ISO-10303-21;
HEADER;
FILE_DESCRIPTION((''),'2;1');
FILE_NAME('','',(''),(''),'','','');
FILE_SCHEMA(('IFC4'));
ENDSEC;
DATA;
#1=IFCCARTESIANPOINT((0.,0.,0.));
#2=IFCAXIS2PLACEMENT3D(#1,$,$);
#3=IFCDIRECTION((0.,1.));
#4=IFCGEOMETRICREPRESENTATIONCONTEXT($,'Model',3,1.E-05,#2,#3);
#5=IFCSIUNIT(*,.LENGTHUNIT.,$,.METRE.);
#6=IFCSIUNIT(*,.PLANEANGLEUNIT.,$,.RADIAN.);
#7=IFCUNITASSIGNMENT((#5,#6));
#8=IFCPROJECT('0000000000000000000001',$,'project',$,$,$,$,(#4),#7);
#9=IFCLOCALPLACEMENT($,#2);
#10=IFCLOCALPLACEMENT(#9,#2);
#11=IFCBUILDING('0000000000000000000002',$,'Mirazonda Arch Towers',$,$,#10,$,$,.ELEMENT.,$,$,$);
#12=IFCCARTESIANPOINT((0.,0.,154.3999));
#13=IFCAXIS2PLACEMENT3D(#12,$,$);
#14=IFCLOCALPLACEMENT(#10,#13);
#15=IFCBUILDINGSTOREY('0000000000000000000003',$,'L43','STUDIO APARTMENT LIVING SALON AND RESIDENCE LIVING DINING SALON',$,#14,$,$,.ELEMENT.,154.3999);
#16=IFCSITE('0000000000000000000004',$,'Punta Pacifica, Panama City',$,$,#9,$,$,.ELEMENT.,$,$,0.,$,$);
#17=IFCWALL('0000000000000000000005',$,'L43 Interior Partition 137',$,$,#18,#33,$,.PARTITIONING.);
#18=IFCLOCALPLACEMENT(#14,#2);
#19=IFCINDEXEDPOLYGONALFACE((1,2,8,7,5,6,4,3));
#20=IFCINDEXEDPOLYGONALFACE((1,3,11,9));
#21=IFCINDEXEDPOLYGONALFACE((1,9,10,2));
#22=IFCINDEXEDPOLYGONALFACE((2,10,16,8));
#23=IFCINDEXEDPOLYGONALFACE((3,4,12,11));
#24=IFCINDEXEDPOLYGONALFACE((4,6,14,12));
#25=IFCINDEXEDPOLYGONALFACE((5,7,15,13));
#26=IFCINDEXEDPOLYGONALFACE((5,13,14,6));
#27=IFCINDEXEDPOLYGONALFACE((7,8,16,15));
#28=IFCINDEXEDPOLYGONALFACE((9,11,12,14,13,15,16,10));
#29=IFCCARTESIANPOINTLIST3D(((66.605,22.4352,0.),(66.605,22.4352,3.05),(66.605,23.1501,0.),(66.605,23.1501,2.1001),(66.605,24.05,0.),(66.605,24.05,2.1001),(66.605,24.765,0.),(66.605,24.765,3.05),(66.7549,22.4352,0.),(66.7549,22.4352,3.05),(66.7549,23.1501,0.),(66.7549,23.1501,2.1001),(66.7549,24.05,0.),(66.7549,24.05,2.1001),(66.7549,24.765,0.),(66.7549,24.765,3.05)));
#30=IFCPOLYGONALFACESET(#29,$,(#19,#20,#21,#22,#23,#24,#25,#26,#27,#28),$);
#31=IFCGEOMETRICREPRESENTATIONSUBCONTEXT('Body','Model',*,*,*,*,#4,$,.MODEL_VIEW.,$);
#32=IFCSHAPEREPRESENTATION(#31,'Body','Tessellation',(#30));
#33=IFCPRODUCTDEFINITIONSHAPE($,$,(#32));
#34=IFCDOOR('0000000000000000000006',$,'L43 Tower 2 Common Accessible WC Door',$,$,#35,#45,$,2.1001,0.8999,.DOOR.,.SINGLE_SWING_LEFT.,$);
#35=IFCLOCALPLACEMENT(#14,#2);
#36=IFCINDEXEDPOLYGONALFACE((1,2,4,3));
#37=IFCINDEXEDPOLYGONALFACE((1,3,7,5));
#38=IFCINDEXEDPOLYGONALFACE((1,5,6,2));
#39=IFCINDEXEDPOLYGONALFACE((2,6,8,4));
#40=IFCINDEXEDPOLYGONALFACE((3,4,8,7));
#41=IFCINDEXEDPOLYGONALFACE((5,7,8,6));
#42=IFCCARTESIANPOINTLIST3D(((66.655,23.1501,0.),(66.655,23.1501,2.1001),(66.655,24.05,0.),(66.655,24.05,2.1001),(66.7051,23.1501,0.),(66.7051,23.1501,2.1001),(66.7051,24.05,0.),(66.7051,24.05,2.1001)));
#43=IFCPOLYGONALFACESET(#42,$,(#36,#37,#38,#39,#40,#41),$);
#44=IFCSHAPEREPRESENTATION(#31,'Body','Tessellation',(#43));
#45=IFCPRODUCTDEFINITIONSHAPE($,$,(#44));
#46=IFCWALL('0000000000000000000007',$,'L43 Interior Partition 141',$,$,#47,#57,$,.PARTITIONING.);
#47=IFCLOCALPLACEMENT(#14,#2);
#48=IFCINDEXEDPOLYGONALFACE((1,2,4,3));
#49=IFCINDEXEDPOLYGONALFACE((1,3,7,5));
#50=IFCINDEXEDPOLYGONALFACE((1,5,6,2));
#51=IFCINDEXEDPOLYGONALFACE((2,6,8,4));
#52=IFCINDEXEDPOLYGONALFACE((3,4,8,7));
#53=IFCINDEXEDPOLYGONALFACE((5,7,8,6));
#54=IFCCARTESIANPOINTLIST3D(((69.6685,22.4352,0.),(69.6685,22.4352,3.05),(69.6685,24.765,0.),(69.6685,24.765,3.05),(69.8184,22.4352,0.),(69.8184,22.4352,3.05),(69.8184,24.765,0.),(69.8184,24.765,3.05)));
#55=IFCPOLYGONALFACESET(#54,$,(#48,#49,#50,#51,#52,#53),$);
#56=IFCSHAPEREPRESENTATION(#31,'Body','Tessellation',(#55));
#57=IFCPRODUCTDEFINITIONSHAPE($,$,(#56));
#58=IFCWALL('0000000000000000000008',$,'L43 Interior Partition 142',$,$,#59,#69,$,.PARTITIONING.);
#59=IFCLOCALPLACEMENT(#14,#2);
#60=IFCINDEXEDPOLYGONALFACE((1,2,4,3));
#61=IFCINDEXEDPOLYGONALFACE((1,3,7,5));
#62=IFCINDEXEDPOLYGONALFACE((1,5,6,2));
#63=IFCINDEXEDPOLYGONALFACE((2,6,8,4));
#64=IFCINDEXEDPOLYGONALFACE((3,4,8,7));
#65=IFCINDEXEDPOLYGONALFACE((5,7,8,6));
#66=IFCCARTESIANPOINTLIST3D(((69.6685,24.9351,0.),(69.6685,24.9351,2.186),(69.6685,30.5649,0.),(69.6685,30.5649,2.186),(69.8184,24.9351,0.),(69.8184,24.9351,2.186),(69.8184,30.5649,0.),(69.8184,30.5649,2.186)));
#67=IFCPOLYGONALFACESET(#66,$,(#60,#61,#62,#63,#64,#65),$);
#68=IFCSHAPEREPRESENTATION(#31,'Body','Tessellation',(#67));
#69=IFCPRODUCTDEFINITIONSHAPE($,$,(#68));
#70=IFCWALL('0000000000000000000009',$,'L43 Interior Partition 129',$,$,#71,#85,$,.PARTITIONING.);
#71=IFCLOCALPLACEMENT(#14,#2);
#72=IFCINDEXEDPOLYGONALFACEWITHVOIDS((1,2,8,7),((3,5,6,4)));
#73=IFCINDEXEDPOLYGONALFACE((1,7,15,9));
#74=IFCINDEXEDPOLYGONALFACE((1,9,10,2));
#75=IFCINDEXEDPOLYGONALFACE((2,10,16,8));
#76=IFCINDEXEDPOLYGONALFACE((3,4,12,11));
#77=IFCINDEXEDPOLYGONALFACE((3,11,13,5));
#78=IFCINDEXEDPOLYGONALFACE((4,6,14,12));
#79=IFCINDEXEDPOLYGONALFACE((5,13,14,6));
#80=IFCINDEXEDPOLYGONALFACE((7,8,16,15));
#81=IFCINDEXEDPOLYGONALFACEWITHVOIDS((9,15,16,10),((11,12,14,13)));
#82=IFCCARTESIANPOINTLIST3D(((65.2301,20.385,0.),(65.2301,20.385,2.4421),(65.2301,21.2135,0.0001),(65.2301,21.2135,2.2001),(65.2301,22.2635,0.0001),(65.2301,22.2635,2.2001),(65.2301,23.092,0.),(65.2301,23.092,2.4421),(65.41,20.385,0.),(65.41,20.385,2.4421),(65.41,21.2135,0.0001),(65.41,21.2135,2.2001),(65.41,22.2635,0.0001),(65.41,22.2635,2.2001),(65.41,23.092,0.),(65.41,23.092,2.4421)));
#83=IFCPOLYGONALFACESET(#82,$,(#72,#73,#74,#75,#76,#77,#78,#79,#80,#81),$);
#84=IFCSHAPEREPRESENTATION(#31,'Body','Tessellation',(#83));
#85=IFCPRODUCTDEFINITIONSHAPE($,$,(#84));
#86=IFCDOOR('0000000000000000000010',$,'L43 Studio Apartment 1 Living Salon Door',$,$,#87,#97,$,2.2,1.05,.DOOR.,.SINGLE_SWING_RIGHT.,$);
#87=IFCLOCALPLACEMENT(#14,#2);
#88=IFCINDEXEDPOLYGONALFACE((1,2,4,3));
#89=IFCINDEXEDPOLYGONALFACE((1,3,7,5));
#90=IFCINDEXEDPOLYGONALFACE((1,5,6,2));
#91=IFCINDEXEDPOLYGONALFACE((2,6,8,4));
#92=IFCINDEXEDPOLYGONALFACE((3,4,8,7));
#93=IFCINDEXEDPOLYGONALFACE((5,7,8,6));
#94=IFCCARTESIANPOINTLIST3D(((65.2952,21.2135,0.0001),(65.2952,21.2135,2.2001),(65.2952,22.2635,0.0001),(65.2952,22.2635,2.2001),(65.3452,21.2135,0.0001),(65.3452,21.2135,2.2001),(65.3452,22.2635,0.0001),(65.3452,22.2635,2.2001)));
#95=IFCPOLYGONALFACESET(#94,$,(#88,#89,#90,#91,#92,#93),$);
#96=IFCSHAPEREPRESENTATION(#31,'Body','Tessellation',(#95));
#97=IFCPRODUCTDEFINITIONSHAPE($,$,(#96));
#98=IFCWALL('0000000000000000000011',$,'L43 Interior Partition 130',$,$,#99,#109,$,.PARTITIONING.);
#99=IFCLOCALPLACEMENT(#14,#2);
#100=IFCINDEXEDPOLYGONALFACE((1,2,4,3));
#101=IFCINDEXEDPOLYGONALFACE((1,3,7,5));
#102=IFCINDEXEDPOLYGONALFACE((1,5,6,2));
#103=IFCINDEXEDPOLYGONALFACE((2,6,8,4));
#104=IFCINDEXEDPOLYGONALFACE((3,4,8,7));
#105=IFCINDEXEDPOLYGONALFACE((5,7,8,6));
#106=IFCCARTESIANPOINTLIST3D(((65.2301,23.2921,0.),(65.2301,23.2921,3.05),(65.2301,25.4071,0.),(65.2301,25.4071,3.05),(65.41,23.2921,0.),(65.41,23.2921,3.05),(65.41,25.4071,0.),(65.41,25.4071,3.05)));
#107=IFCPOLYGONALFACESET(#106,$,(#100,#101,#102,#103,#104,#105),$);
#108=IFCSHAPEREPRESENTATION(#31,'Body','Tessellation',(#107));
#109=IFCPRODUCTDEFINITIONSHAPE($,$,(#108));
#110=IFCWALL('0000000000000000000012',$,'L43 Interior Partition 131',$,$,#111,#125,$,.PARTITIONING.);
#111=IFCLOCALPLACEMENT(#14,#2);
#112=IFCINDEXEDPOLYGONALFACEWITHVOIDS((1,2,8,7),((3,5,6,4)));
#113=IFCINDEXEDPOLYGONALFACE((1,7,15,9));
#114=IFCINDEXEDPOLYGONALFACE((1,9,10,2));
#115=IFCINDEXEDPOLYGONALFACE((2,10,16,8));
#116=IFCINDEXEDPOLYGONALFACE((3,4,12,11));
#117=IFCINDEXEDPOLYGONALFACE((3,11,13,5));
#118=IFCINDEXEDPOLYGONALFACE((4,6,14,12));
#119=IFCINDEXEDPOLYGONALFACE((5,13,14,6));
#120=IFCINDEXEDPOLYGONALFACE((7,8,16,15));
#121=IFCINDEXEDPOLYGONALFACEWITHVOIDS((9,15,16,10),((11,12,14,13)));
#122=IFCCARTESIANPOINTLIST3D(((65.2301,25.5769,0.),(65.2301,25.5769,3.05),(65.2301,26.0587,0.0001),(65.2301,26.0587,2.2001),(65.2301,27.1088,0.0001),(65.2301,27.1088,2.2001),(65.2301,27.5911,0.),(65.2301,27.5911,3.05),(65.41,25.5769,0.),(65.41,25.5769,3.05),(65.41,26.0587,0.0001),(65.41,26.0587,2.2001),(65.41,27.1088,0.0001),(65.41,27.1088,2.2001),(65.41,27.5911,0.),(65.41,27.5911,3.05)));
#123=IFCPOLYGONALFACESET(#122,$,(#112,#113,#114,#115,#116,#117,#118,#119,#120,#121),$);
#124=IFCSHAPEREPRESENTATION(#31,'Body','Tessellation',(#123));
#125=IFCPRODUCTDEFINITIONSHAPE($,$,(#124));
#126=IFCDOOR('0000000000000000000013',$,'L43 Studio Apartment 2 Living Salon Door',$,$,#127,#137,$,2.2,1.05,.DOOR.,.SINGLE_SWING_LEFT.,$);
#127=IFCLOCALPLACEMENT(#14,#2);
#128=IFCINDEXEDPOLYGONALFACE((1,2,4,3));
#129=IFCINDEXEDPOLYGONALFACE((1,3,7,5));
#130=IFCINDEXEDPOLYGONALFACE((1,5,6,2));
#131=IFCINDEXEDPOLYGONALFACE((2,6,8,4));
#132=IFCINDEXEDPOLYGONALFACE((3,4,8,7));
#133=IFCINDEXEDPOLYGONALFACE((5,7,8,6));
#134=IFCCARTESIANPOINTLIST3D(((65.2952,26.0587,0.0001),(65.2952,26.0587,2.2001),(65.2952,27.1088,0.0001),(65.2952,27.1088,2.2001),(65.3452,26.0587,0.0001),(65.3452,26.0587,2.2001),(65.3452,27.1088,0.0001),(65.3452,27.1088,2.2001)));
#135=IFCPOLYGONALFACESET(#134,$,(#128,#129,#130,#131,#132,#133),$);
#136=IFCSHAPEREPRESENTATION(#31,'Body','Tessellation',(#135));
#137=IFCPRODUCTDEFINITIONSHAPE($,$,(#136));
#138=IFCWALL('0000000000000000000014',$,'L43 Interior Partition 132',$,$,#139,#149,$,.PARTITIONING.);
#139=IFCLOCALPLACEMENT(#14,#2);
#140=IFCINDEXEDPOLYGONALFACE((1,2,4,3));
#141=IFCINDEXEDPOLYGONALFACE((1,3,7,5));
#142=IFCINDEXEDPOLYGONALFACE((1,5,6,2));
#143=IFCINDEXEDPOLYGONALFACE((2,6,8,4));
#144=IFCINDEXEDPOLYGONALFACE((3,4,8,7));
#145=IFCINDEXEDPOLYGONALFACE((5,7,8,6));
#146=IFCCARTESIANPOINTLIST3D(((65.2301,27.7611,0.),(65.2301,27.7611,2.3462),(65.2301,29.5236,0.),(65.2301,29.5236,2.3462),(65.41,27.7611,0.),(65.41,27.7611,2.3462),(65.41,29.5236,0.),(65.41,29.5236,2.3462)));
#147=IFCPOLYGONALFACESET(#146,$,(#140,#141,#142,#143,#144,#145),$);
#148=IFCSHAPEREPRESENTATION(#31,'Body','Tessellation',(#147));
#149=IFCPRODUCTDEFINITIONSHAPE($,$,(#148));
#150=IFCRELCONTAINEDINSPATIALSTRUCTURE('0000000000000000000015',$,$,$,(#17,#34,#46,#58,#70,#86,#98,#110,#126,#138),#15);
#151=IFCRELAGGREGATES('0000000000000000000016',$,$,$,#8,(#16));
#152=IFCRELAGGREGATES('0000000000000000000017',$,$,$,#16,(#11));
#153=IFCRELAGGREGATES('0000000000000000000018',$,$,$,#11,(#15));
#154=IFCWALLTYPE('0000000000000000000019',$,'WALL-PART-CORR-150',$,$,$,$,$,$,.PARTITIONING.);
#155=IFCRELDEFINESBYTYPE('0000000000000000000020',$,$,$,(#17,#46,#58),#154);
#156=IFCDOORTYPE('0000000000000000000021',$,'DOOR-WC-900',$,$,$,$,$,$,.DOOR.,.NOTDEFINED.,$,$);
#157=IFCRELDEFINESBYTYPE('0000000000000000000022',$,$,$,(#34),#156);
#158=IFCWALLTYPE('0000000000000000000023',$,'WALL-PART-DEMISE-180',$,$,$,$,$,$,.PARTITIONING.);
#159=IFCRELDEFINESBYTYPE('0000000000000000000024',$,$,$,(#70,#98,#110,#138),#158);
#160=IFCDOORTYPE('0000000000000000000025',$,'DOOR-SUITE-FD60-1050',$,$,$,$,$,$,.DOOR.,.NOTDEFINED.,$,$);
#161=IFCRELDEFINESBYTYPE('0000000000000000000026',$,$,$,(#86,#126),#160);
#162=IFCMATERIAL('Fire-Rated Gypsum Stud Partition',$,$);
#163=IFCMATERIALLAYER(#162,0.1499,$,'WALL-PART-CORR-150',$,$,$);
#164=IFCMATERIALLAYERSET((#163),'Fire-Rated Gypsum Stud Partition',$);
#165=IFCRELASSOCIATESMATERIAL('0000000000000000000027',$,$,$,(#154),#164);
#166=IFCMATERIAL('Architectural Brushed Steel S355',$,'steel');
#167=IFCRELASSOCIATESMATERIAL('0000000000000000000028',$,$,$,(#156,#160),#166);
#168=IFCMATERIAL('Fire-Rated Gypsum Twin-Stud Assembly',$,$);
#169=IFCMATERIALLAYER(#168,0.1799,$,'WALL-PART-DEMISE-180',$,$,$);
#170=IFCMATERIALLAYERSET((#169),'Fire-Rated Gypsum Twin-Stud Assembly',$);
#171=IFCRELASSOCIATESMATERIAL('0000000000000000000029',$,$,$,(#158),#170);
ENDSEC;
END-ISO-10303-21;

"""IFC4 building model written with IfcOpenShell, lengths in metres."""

from ifc_helpers import new_model, si_unit, direction, frame, frame_2d, origin, place, context, subcontext, project, spatial, rectangle, extrude, material, layer, layer_set, type_object, element, fill, save


model = new_model("IFC4")

# Units and contexts
model_context = context("Model", 3, precision=1e-05, world=origin(), true_north=direction((0.0, 1.0)))
body_context = subcontext(model_context, "Body", "Model", "MODEL_VIEW")
ifc_project = project(units=[si_unit("LENGTHUNIT", "METRE"), si_unit("PLANEANGLEUNIT", "RADIAN")], contexts=[model_context])

# Site, building, storey
site_placement = place(None, origin())
site = spatial("IfcSite", under=ifc_project, at=site_placement, Name="Punta Pacifica, Panama City", CompositionType="ELEMENT", RefElevation=0.0)
building_placement = place(site_placement, origin())
building = spatial("IfcBuilding", under=site, at=building_placement, Name="Mirazonda Arch Towers", CompositionType="ELEMENT")
storey_placement = place(building_placement, frame((0.0, 0.0, 154.3999)))
storey = spatial("IfcBuildingStorey", under=building, at=storey_placement, Name="L43", Description="STUDIO APARTMENT LIVING SALON AND RESIDENCE LIVING DINING SALON", CompositionType="ELEMENT", Elevation=154.3999)

# Shared definitions
ifc_material_1 = material(Name="Architectural Brushed Steel S355", Category="steel")

# Shared definitions
ifc_material_2 = material(Name="Fire-Rated Gypsum Stud Partition")
ifc_layer_1 = layer(ifc_material_2, 0.1499, Name="WALL-PART-CORR-150")
ifc_layer_set_1 = layer_set([ifc_layer_1], Name="Fire-Rated Gypsum Stud Partition")
wall_type_1 = type_object("IfcWallType", Name="WALL-PART-CORR-150", PredefinedType="PARTITIONING", material=ifc_layer_set_1)

# Wall, opening, door
wall_1_placement = place(storey_placement, frame((66.6799, 22.4351, 0.0), z_axis=(0.0, 0.0, 1.0), x_axis=(0.0, 1.0, 0.0)))
wall_1 = element("IfcWall", 1, at=wall_1_placement, inside=storey, type_object=wall_type_1, Name="L43 Interior Partition 137", PredefinedType="PARTITIONING", context=body_context, shape_type="SweptSolid", body=[
    extrude(rectangle(XDim=2.3298, YDim=0.1499, at=frame_2d((1.165, 0.0))), origin(), (0.0, 0.0, 1.0), 3.05),
])
opening_1_placement = place(wall_1_placement, frame((0.7151, 0.0, 0.0)))
opening_1 = element("IfcOpeningElement", 2, at=opening_1_placement, cuts=wall_1, PredefinedType="OPENING", context=body_context, shape_type="SweptSolid", body=[
    extrude(rectangle(XDim=0.8999, YDim=2.1001, at=frame_2d((0.45, 1.05))), frame((0.0, 0.085, 0.0), z_axis=(0.0, -1.0, 0.0), x_axis=(1.0, 0.0, 0.0)), (0.0, 0.0, 1.0), 0.1699),
])
door_type_1 = type_object("IfcDoorType", Name="DOOR-WC-900", OperationType="NOTDEFINED", PredefinedType="DOOR", material=ifc_material_1)
door_1_placement = place(opening_1_placement, origin())
door_1 = element("IfcDoor", 3, at=door_1_placement, inside=storey, type_object=door_type_1, Name="L43 Tower 2 Common Accessible WC Door", OperationType="SINGLE_SWING_LEFT", OverallHeight=2.1001, OverallWidth=0.8999, PredefinedType="DOOR", context=body_context, shape_type="SweptSolid", body=[
    extrude(rectangle(XDim=0.8999, YDim=2.1001, at=frame_2d((0.45, 1.05))), frame((0.0, 0.0249, 0.0), z_axis=(0.0, -1.0, 0.0), x_axis=(1.0, 0.0, 0.0)), (0.0, 0.0, 1.0), 0.05),
])
fill(opening_1, door_1)

# Walls
wall_2_placement = place(storey_placement, frame((69.7434, 22.4351, 0.0), z_axis=(0.0, 0.0, 1.0), x_axis=(0.0, 1.0, 0.0)))
element("IfcWall", 4, at=wall_2_placement, inside=storey, type_object=wall_type_1, Name="L43 Interior Partition 141", PredefinedType="PARTITIONING", context=body_context, shape_type="SweptSolid", body=[
    extrude(rectangle(XDim=2.3298, YDim=0.1499, at=frame_2d((1.165, 0.0))), origin(), (0.0, 0.0, 1.0), 3.05),
])
wall_3_placement = place(storey_placement, frame((69.7434, 24.9351, 0.0), z_axis=(0.0, 0.0, 1.0), x_axis=(0.0, 1.0, 0.0)))
element("IfcWall", 5, at=wall_3_placement, inside=storey, type_object=wall_type_1, Name="L43 Interior Partition 142", PredefinedType="PARTITIONING", context=body_context, shape_type="SweptSolid", body=[
    extrude(rectangle(XDim=5.6299, YDim=0.1499, at=frame_2d((2.8149, 0.0))), origin(), (0.0, 0.0, 1.0), 2.186),
])

# Wall, opening, door
ifc_material_3 = material(Name="Fire-Rated Gypsum Twin-Stud Assembly")
ifc_layer_2 = layer(ifc_material_3, 0.1799, Name="WALL-PART-DEMISE-180")
ifc_layer_set_2 = layer_set([ifc_layer_2], Name="Fire-Rated Gypsum Twin-Stud Assembly")
wall_type_2 = type_object("IfcWallType", Name="WALL-PART-DEMISE-180", PredefinedType="PARTITIONING", material=ifc_layer_set_2)
wall_4_placement = place(storey_placement, frame((65.3201, 20.385, 0.0), z_axis=(0.0, 0.0, 1.0), x_axis=(0.0, 1.0, 0.0)))
wall_4 = element("IfcWall", 6, at=wall_4_placement, inside=storey, type_object=wall_type_2, Name="L43 Interior Partition 129", PredefinedType="PARTITIONING", context=body_context, shape_type="SweptSolid", body=[
    extrude(rectangle(XDim=2.707, YDim=0.1799, at=frame_2d((1.3535, 0.0))), origin(), (0.0, 0.0, 1.0), 2.4421),
])
opening_2_placement = place(wall_4_placement, frame((0.8286, 0.0, 0.0)))
opening_2 = element("IfcOpeningElement", 7, at=opening_2_placement, cuts=wall_4, PredefinedType="OPENING", context=body_context, shape_type="SweptSolid", body=[
    extrude(rectangle(XDim=1.05, YDim=2.2, at=frame_2d((0.5249, 1.1001))), frame((0.0, 0.0999, 0.0), z_axis=(0.0, -1.0, 0.0), x_axis=(1.0, 0.0, 0.0)), (0.0, 0.0, 1.0), 0.2),
])
door_type_2 = type_object("IfcDoorType", Name="DOOR-SUITE-FD60-1050", OperationType="NOTDEFINED", PredefinedType="DOOR", material=ifc_material_1)
door_2_placement = place(opening_2_placement, origin())
door_2 = element("IfcDoor", 8, at=door_2_placement, inside=storey, type_object=door_type_2, Name="L43 Studio Apartment 1 Living Salon Door", OperationType="SINGLE_SWING_RIGHT", OverallHeight=2.2, OverallWidth=1.05, PredefinedType="DOOR", context=body_context, shape_type="SweptSolid", body=[
    extrude(rectangle(XDim=1.05, YDim=2.2, at=frame_2d((0.5249, 1.1001))), frame((0.0, 0.0249, 0.0), z_axis=(0.0, -1.0, 0.0), x_axis=(1.0, 0.0, 0.0)), (0.0, 0.0, 1.0), 0.05),
])
fill(opening_2, door_2)

# Wall
wall_5_placement = place(storey_placement, frame((65.3201, 23.292, 0.0), z_axis=(0.0, 0.0, 1.0), x_axis=(0.0, 1.0, 0.0)))
element("IfcWall", 9, at=wall_5_placement, inside=storey, type_object=wall_type_2, Name="L43 Interior Partition 130", PredefinedType="PARTITIONING", context=body_context, shape_type="SweptSolid", body=[
    extrude(rectangle(XDim=2.115, YDim=0.1799, at=frame_2d((1.0576, 0.0))), origin(), (0.0, 0.0, 1.0), 3.05),
])

# Wall, opening, door
wall_6_placement = place(storey_placement, frame((65.3201, 25.5769, 0.0), z_axis=(0.0, 0.0, 1.0), x_axis=(0.0, 1.0, 0.0)))
wall_6 = element("IfcWall", 10, at=wall_6_placement, inside=storey, type_object=wall_type_2, Name="L43 Interior Partition 131", PredefinedType="PARTITIONING", context=body_context, shape_type="SweptSolid", body=[
    extrude(rectangle(XDim=2.0142, YDim=0.1799, at=frame_2d((1.0071, 0.0))), origin(), (0.0, 0.0, 1.0), 3.05),
])
opening_3_placement = place(wall_6_placement, frame((0.4819, 0.0, 0.0)))
opening_3 = element("IfcOpeningElement", 11, at=opening_3_placement, cuts=wall_6, PredefinedType="OPENING", context=body_context, shape_type="SweptSolid", body=[
    extrude(rectangle(XDim=1.05, YDim=2.2, at=frame_2d((0.5249, 1.1001))), frame((0.0, 0.0999, 0.0), z_axis=(0.0, -1.0, 0.0), x_axis=(1.0, 0.0, 0.0)), (0.0, 0.0, 1.0), 0.2),
])
door_3_placement = place(opening_3_placement, origin())
door_3 = element("IfcDoor", 12, at=door_3_placement, inside=storey, type_object=door_type_2, Name="L43 Studio Apartment 2 Living Salon Door", OperationType="SINGLE_SWING_LEFT", OverallHeight=2.2, OverallWidth=1.05, PredefinedType="DOOR", context=body_context, shape_type="SweptSolid", body=[
    extrude(rectangle(XDim=1.05, YDim=2.2, at=frame_2d((0.5249, 1.1001))), frame((0.0, 0.0249, 0.0), z_axis=(0.0, -1.0, 0.0), x_axis=(1.0, 0.0, 0.0)), (0.0, 0.0, 1.0), 0.05),
])
fill(opening_3, door_3)

# Wall
wall_7_placement = place(storey_placement, frame((65.3201, 27.761, 0.0), z_axis=(0.0, 0.0, 1.0), x_axis=(0.0, 1.0, 0.0)))
element("IfcWall", 13, at=wall_7_placement, inside=storey, type_object=wall_type_2, Name="L43 Interior Partition 132", PredefinedType="PARTITIONING", context=body_context, shape_type="SweptSolid", body=[
    extrude(rectangle(XDim=1.7625, YDim=0.1799, at=frame_2d((0.8813, 0.0))), origin(), (0.0, 0.0, 1.0), 2.3462),
])

save(model, "model.ifc")
